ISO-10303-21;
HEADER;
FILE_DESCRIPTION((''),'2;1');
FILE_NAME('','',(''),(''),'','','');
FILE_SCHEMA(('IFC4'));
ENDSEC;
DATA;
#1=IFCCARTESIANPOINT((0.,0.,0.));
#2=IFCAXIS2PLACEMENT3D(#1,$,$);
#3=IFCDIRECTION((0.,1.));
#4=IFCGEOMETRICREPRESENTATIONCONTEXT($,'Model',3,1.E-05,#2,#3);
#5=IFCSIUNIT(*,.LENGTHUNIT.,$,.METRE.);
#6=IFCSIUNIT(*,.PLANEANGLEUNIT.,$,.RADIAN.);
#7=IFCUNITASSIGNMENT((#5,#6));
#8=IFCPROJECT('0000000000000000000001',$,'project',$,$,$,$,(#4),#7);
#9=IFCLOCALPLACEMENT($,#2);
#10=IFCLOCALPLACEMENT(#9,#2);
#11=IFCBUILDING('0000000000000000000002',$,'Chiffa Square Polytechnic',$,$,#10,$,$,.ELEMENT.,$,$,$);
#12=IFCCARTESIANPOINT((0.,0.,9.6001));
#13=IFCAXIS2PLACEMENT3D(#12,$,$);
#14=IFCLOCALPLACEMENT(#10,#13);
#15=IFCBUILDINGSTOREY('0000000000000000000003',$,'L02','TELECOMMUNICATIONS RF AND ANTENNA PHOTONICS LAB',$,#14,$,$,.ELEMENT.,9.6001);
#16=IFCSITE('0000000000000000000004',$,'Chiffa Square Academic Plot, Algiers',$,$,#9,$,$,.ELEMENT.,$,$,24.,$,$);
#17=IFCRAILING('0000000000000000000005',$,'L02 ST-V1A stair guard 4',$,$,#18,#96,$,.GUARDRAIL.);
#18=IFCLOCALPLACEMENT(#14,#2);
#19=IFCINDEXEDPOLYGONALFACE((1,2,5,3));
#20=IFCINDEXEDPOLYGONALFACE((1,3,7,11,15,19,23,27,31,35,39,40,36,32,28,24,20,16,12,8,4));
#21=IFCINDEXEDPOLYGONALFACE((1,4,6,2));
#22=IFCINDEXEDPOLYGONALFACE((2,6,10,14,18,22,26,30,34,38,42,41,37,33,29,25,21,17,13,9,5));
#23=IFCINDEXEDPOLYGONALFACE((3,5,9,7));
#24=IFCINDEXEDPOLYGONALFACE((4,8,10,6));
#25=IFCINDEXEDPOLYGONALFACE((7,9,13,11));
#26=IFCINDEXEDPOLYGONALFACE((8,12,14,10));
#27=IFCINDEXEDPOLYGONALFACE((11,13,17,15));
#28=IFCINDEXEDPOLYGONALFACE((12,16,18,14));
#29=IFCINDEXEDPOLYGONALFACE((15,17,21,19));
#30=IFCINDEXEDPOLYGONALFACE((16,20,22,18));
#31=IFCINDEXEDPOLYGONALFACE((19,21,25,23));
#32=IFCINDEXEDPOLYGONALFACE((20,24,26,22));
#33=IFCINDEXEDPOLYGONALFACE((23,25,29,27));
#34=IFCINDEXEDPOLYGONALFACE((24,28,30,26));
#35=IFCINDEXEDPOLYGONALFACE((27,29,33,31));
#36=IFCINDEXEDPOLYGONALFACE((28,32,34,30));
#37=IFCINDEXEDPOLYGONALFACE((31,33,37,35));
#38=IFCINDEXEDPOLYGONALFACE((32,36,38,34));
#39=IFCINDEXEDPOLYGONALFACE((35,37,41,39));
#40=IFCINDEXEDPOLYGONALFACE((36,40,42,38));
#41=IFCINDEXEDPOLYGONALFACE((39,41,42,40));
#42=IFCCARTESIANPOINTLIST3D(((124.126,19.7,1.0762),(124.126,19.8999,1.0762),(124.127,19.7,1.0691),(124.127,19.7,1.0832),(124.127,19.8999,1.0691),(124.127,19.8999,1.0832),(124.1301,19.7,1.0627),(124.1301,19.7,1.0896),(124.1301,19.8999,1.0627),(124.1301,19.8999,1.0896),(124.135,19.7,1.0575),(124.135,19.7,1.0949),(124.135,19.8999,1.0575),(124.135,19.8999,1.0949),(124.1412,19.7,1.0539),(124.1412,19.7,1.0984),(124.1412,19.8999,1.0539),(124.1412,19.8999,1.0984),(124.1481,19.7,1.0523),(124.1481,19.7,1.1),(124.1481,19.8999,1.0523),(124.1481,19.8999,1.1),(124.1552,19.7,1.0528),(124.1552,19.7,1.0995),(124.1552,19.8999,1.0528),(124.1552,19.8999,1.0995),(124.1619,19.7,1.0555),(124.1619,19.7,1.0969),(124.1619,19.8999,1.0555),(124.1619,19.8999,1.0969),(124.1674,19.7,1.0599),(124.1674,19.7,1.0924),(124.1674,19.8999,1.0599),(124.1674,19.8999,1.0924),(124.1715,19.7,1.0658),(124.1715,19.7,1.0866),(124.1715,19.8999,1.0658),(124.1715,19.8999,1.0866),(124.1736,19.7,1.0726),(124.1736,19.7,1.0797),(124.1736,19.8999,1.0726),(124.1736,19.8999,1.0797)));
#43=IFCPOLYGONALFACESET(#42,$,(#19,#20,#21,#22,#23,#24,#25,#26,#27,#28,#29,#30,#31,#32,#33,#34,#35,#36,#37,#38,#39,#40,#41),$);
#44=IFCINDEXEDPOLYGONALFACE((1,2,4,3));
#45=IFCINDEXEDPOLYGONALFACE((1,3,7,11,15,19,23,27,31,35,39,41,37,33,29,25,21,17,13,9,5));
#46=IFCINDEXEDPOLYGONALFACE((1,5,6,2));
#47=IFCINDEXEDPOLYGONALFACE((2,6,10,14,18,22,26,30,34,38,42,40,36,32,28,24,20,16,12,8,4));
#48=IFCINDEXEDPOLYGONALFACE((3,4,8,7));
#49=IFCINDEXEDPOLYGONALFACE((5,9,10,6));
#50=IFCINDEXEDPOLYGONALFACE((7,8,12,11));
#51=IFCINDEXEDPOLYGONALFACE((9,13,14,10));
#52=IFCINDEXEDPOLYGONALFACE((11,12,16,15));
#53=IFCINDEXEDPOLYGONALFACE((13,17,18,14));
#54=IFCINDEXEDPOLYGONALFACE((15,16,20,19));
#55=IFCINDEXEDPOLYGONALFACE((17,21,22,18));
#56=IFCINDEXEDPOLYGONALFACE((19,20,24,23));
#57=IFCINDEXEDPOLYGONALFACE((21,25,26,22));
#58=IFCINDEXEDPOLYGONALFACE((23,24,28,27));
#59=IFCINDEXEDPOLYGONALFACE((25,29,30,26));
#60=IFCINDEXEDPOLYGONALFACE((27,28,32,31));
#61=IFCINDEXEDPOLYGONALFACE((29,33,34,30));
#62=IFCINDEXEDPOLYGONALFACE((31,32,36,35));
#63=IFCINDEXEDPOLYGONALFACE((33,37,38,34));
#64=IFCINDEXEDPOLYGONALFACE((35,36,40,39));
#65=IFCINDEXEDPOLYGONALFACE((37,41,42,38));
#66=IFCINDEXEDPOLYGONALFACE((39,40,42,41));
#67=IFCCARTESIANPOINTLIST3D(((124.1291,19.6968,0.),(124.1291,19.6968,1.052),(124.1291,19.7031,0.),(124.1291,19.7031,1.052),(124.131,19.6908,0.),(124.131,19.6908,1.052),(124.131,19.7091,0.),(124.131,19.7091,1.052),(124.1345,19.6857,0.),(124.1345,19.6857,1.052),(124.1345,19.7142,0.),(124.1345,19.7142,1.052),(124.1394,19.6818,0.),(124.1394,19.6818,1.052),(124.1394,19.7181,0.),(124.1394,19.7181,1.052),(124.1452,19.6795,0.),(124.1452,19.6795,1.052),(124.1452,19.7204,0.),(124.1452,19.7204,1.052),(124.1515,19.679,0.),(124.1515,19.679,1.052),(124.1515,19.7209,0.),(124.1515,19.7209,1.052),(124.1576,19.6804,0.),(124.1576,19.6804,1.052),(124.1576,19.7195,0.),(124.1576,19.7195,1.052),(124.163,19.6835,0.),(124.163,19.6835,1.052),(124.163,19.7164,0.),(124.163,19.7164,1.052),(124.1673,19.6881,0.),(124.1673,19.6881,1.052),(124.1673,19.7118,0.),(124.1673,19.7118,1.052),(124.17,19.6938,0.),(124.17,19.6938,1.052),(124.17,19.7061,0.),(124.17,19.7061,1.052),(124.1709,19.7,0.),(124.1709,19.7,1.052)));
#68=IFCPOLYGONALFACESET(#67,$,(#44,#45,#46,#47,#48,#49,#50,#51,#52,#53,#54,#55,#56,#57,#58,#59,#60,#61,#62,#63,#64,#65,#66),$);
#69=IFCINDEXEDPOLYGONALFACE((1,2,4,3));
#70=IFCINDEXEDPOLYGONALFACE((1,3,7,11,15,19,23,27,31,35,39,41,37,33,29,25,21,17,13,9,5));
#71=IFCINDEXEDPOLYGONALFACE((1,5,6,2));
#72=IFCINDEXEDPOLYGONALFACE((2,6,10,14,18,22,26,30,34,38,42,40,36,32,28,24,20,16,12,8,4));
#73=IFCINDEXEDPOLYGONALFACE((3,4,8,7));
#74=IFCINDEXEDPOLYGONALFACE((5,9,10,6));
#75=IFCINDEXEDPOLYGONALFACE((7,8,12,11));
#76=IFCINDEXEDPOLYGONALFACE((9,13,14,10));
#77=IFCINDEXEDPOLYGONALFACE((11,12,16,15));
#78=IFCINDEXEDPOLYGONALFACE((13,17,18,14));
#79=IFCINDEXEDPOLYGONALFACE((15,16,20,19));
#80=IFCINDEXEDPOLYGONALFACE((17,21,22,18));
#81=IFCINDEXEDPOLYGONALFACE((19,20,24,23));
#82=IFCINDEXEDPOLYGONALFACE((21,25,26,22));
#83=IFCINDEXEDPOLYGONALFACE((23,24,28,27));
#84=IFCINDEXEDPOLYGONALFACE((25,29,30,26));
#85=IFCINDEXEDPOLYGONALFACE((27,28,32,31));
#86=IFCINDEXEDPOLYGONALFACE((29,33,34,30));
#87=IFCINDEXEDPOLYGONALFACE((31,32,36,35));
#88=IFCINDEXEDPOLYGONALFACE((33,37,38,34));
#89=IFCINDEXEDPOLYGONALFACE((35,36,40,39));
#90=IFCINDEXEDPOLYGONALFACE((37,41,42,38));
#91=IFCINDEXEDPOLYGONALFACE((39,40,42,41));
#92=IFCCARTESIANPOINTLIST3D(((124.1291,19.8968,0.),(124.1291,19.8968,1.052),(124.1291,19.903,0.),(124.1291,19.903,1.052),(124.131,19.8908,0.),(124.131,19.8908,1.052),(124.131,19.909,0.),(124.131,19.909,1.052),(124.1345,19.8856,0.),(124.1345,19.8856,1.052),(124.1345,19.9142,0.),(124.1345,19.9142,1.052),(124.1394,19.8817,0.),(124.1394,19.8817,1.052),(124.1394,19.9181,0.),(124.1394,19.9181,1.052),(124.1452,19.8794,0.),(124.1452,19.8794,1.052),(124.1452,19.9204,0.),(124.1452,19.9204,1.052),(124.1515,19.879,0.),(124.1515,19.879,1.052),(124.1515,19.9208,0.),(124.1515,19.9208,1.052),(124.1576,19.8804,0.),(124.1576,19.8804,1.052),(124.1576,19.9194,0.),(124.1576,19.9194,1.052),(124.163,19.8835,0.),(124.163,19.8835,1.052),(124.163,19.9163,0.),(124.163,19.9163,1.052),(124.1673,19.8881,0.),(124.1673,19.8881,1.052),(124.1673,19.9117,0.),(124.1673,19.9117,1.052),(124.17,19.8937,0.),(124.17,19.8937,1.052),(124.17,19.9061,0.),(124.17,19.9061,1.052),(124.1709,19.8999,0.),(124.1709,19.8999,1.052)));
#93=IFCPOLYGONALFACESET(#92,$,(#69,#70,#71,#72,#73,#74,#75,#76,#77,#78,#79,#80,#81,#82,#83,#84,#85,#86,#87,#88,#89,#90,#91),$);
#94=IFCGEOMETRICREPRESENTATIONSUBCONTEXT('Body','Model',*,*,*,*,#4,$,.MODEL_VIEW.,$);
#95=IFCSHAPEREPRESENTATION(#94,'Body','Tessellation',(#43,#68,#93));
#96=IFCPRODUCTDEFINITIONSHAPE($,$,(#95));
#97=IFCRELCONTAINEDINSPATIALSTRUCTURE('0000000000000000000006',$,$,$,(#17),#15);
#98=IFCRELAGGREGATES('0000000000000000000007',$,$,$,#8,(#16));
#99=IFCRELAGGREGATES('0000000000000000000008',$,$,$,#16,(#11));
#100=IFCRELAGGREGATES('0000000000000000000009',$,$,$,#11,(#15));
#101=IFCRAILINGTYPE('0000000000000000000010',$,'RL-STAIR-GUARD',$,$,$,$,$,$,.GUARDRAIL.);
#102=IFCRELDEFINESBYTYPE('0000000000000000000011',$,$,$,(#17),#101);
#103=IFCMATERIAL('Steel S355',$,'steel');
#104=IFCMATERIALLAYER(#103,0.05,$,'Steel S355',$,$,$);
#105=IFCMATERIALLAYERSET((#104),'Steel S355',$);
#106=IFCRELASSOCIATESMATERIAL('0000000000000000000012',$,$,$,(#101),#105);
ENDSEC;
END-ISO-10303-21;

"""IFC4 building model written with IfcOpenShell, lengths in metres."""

from ifc_helpers import new_model, si_unit, direction, frame, origin, origin_2d, place, context, subcontext, project, spatial, circle, extrude, material, layer, layer_set, type_object, element, save


model = new_model("IFC4")

# Units and contexts
model_context = context("Model", 3, precision=1e-05, world=origin(), true_north=direction((0.0, 1.0)))
body_context = subcontext(model_context, "Body", "Model", "MODEL_VIEW")
ifc_project = project(units=[si_unit("LENGTHUNIT", "METRE"), si_unit("PLANEANGLEUNIT", "RADIAN")], contexts=[model_context])

# Site, building, storey
site_placement = place(None, origin())
site = spatial("IfcSite", under=ifc_project, at=site_placement, Name="Chiffa Square Academic Plot, Algiers", CompositionType="ELEMENT", RefElevation=24.0)
building_placement = place(site_placement, origin())
building = spatial("IfcBuilding", under=site, at=building_placement, Name="Chiffa Square Polytechnic", CompositionType="ELEMENT")
storey_placement = place(building_placement, frame((0.0, 0.0, 9.6001)))
storey = spatial("IfcBuildingStorey", under=building, at=storey_placement, Name="L02", Description="TELECOMMUNICATIONS RF AND ANTENNA PHOTONICS LAB", CompositionType="ELEMENT", Elevation=9.6001)

# Railing
ifc_material_1 = material(Name="Steel S355", Category="steel")
ifc_layer_1 = layer(ifc_material_1, 0.05, Name="Steel S355")
ifc_layer_set_1 = layer_set([ifc_layer_1], Name="Steel S355")
railing_type_1 = type_object("IfcRailingType", Name="RL-STAIR-GUARD", PredefinedType="GUARDRAIL", material=ifc_layer_set_1)
railing_1_placement = place(storey_placement, frame((124.1499, 19.7, 0.0)))
element("IfcRailing", 1, at=railing_1_placement, inside=storey, type_object=railing_type_1, Name="L02 ST-V1A stair guard 4", PredefinedType="GUARDRAIL", context=body_context, shape_type="SweptSolid", body=[
    extrude(circle(Radius=0.0239, at=origin_2d()), frame((0.0, 0.0, 1.0762), z_axis=(0.0, 1.0, 0.0), x_axis=(-1.0, 0.0, 0.0)), (0.0, 0.0, 1.0), 0.2),
    extrude(circle(Radius=0.021, at=origin_2d()), origin(), (0.0, 0.0, 1.0), 1.052),
    extrude(circle(Radius=0.021, at=origin_2d()), frame((0.0, 0.2, 0.0)), (0.0, 0.0, 1.0), 1.052),
])

save(model, "model.ifc")
